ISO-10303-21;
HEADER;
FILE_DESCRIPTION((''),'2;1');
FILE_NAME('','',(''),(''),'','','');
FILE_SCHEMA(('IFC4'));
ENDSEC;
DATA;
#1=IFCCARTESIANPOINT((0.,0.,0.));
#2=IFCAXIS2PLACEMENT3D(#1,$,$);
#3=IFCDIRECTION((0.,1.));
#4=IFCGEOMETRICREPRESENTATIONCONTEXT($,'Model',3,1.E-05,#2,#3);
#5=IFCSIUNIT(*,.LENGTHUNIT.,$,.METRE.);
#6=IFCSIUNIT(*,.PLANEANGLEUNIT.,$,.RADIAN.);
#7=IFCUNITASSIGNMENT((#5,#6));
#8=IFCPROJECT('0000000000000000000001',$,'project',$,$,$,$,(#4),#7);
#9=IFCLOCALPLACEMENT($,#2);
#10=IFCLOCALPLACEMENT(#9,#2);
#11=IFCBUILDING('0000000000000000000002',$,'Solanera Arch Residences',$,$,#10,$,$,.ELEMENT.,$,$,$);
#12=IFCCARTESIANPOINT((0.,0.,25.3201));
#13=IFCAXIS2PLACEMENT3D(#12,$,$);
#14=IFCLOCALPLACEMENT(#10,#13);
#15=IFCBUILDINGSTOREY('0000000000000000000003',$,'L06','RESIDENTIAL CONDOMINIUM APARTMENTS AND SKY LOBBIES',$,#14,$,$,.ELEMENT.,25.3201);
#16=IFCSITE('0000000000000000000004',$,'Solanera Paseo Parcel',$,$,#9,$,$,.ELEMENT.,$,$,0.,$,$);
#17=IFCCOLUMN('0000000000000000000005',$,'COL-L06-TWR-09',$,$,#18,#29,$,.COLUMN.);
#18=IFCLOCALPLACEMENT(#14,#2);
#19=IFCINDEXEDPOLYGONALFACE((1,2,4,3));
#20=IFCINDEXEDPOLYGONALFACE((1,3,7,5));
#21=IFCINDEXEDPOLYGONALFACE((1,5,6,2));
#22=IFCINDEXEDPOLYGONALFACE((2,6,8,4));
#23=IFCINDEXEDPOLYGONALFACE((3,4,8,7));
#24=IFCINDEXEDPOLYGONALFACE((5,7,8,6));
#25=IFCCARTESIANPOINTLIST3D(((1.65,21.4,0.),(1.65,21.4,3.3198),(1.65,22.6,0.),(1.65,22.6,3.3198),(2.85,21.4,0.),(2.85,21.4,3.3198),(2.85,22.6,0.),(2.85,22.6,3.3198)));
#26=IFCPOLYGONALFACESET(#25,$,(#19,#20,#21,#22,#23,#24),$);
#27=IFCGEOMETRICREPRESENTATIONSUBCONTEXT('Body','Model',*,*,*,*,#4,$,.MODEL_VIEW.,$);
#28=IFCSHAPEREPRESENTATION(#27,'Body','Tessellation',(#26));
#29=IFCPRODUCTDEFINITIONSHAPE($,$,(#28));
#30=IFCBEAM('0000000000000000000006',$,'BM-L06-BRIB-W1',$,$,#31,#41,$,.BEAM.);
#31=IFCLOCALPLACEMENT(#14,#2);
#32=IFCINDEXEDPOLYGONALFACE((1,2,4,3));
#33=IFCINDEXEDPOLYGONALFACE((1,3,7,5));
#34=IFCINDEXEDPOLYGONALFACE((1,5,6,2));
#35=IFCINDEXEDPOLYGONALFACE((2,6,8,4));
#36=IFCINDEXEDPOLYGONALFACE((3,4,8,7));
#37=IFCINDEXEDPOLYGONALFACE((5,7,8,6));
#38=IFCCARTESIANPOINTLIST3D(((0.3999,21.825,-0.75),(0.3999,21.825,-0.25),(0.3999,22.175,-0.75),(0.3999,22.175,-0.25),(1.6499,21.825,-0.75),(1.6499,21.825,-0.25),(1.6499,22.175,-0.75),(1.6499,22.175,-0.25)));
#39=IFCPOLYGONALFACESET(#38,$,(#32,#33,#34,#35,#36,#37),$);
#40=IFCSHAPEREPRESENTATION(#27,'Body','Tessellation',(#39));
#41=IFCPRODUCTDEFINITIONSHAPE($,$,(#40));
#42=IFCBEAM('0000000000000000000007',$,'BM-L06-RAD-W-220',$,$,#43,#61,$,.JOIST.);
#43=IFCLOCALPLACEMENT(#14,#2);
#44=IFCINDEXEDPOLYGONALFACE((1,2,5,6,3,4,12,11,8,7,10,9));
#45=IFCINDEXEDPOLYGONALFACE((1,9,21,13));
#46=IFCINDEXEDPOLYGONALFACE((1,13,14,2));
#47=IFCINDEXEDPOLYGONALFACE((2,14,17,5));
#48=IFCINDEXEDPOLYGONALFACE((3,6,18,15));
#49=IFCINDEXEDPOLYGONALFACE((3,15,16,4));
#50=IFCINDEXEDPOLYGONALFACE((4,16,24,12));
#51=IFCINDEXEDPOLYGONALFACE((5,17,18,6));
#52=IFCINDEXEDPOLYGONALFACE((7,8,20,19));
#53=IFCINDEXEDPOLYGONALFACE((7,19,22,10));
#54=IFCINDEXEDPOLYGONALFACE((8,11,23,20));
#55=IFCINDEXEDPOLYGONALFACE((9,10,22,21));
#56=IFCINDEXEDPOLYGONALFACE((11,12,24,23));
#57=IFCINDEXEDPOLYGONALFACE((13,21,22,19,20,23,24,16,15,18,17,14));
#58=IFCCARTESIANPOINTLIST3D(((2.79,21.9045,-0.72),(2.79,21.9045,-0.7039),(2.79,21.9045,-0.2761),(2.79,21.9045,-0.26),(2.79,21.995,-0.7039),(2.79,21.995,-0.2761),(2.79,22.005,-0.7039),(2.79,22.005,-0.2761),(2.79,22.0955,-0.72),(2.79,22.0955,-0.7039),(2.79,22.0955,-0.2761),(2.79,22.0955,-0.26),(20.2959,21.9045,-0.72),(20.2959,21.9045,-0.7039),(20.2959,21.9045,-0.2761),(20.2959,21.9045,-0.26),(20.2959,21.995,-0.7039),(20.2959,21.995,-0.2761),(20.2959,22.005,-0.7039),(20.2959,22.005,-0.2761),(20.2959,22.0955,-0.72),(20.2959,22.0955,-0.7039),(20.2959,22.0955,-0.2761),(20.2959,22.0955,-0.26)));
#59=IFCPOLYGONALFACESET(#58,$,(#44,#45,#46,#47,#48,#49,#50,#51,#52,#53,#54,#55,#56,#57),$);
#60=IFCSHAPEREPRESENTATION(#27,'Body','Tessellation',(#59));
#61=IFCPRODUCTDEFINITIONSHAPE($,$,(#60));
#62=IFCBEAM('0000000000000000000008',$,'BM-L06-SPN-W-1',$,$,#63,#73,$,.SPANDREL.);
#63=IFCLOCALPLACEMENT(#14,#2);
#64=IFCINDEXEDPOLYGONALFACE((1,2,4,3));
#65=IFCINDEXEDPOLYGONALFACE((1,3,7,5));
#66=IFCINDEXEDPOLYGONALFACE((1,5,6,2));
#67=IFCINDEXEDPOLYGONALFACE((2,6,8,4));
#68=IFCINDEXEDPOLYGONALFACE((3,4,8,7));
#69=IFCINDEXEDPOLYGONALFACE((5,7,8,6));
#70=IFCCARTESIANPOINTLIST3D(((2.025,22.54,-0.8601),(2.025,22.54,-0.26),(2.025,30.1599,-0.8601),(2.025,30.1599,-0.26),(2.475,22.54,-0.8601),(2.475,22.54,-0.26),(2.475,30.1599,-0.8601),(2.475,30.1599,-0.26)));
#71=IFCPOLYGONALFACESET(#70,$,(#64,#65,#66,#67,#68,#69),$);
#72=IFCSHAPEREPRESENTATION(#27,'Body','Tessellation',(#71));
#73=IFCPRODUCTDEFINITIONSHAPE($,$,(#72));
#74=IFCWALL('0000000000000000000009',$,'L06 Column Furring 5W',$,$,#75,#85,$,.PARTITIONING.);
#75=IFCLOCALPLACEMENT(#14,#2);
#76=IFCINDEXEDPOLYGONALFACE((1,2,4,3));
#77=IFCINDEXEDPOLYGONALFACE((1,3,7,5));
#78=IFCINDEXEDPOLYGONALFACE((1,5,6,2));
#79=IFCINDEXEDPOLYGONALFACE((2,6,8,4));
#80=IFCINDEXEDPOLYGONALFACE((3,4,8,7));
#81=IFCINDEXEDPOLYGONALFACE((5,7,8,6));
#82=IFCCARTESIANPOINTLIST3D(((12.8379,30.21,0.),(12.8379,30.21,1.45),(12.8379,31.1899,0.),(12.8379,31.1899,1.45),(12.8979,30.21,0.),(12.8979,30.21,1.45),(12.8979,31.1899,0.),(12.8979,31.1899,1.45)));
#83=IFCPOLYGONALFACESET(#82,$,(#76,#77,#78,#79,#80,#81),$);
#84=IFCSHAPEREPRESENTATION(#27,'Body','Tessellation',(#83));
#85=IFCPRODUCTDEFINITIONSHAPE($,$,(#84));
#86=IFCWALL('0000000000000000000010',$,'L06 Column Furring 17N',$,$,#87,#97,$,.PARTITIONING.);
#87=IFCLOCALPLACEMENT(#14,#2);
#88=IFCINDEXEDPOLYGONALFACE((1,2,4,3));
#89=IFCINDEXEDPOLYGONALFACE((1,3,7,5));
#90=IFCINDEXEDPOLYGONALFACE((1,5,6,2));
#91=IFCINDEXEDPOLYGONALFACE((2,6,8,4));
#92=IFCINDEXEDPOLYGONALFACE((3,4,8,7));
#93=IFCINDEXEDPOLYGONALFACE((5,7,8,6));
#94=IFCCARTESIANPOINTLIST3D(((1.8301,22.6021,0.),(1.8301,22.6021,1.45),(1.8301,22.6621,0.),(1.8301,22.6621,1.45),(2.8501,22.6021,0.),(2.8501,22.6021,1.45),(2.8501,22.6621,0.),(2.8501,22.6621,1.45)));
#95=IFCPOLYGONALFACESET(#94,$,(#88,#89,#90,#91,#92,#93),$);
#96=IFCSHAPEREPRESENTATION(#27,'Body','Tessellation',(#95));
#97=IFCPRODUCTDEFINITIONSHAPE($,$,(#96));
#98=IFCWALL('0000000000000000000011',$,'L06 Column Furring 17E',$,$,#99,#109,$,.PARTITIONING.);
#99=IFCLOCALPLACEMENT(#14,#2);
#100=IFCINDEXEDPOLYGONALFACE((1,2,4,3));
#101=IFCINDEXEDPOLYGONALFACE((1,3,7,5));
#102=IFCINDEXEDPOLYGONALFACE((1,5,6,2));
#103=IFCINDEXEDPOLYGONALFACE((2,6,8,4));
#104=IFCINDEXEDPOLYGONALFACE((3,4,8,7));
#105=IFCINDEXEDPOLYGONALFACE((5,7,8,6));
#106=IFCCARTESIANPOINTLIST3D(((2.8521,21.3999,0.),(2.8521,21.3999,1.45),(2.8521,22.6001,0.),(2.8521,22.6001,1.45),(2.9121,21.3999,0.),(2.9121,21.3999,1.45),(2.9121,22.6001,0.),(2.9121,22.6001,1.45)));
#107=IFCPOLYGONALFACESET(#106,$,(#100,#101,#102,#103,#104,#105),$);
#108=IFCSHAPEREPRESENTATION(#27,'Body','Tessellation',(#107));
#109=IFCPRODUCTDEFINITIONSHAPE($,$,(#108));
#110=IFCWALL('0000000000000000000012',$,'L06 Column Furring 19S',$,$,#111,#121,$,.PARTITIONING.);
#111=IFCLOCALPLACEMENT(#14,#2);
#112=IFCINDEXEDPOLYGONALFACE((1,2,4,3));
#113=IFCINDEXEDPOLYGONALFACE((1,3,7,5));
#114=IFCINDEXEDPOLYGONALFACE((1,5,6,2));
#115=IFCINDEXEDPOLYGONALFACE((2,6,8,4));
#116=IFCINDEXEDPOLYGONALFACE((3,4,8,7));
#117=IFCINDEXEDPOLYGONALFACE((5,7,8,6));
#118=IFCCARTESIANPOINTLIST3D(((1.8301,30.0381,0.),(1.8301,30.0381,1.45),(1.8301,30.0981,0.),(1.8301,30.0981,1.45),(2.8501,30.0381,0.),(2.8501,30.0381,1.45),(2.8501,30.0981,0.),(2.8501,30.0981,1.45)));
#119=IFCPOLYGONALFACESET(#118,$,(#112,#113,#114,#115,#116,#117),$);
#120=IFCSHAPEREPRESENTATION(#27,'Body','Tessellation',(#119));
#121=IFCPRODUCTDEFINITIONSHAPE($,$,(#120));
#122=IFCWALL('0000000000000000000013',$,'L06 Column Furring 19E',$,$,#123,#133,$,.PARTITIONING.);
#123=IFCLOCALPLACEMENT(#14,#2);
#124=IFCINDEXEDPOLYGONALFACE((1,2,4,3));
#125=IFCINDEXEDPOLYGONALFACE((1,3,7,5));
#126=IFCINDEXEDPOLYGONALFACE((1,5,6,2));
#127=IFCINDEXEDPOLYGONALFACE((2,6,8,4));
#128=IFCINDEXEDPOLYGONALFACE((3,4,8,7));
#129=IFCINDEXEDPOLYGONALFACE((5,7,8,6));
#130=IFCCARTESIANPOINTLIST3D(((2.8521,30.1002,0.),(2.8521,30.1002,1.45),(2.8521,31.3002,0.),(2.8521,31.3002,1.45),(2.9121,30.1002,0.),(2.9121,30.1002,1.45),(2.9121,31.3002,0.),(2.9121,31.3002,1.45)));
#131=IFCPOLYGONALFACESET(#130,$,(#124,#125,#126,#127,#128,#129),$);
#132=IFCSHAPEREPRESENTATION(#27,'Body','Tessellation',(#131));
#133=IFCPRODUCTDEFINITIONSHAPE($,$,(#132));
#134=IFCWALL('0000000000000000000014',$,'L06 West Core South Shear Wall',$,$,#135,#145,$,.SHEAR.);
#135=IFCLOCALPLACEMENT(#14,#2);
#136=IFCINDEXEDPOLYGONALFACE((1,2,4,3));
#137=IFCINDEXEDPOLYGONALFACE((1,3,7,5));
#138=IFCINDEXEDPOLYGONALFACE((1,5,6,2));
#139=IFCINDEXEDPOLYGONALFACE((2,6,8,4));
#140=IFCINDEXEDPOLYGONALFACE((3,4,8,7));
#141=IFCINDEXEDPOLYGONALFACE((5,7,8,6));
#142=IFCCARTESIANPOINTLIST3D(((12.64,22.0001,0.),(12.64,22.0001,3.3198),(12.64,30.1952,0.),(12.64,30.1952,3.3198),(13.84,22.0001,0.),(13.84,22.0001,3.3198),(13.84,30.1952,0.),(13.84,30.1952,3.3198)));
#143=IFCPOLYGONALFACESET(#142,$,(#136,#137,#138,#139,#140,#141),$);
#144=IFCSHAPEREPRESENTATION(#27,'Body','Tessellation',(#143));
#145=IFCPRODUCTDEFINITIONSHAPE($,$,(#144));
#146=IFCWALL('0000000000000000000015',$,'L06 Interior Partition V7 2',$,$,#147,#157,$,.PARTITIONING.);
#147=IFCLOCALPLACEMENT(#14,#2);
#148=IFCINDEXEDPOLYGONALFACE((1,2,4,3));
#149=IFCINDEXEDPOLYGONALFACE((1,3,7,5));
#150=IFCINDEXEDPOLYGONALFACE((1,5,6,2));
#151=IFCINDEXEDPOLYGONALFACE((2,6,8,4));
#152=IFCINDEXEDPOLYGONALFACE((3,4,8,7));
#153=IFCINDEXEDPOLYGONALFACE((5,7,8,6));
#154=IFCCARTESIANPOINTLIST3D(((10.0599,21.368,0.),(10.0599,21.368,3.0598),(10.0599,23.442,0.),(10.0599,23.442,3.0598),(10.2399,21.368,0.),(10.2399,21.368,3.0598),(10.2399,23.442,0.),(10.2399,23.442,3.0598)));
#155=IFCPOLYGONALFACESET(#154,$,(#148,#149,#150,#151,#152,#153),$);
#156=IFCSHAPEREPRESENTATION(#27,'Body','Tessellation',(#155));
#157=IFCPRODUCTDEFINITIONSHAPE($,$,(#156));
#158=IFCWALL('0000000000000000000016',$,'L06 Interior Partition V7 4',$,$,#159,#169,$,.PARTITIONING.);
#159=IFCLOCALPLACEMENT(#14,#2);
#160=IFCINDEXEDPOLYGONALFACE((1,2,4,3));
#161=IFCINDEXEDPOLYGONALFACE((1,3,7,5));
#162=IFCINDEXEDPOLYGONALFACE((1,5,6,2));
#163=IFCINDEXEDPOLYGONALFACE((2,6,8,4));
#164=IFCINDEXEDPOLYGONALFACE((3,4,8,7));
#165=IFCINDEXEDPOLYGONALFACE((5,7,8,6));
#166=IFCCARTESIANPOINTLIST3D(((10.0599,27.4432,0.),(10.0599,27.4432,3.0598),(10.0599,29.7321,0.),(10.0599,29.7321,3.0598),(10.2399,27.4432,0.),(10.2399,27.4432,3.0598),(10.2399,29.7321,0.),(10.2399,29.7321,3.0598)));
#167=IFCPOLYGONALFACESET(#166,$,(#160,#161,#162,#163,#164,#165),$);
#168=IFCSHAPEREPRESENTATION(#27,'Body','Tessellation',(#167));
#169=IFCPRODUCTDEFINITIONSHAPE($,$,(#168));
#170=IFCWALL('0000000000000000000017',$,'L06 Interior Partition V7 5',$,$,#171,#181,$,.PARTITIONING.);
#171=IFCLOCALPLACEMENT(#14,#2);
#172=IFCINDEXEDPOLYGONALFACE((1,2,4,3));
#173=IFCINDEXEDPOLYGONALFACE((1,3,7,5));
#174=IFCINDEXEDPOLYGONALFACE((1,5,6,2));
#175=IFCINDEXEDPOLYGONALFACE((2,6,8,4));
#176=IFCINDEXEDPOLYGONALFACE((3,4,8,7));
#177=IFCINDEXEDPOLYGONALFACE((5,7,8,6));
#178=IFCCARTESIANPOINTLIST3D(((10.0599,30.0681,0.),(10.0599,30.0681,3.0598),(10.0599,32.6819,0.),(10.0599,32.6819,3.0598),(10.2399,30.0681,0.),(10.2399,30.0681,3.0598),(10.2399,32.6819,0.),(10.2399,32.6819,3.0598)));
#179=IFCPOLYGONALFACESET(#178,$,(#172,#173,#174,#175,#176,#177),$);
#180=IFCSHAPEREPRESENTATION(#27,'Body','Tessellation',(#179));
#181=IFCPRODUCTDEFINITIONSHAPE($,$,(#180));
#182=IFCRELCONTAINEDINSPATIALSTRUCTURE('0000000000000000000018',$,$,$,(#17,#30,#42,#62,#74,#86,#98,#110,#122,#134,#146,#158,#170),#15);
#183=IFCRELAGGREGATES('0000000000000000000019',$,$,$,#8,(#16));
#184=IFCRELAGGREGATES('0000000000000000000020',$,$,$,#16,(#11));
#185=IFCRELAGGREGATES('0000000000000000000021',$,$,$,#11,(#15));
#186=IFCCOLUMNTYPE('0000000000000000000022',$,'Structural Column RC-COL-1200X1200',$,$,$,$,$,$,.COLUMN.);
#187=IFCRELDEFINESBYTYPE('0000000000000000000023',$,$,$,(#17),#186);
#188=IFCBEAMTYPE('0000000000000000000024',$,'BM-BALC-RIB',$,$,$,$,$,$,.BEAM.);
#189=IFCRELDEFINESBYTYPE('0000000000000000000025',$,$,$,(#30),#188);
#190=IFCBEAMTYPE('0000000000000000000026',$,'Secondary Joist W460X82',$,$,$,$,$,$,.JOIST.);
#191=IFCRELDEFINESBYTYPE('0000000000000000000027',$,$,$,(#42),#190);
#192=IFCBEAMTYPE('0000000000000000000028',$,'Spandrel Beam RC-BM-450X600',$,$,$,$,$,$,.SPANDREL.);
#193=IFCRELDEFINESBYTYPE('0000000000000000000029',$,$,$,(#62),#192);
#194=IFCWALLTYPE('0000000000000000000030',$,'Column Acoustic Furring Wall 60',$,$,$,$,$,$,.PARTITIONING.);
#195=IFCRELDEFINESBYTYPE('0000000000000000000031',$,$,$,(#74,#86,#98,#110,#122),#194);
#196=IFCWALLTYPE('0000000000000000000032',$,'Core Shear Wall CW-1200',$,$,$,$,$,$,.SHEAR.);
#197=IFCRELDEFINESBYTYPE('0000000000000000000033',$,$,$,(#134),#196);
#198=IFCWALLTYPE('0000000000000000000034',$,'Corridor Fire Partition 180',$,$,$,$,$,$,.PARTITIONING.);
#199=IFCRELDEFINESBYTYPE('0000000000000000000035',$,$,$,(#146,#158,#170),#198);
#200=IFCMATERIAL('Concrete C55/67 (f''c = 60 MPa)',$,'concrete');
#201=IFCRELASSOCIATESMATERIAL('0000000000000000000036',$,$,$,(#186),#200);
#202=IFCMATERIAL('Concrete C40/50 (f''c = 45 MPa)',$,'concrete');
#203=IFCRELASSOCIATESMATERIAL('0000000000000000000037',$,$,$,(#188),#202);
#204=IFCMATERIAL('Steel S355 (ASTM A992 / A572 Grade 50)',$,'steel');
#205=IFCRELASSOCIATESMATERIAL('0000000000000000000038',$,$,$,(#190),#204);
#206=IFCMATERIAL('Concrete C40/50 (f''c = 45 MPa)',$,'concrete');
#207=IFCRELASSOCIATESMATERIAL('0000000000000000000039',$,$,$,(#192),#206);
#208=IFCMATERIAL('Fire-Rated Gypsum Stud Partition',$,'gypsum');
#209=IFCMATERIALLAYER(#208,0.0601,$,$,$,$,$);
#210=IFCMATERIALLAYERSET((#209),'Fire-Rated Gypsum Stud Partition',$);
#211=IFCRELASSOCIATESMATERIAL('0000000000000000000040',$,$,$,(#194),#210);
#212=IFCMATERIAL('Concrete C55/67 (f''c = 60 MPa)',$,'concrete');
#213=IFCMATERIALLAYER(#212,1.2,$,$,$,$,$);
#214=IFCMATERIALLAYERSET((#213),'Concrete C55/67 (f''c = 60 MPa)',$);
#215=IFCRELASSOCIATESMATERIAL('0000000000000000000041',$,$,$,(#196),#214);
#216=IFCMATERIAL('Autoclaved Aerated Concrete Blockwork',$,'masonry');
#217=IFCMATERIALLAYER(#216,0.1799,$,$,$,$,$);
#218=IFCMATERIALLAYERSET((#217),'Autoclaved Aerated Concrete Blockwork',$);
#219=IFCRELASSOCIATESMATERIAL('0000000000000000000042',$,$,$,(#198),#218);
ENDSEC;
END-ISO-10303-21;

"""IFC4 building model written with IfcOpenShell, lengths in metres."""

from ifc_helpers import new_model, si_unit, direction, frame, frame_2d, origin, origin_2d, place, context, subcontext, project, spatial, rectangle, i_section, extrude, material, layer, layer_set, material_profile, profile_set, type_object, element, save


model = new_model("IFC4")

# Units and contexts
model_context = context("Model", 3, precision=1e-05, world=origin(), true_north=direction((0.0, 1.0)))
body_context = subcontext(model_context, "Body", "Model", "MODEL_VIEW")
ifc_project = project(units=[si_unit("LENGTHUNIT", "METRE"), si_unit("PLANEANGLEUNIT", "RADIAN")], contexts=[model_context])

# Site, building, storey
site_placement = place(None, origin())
site = spatial("IfcSite", under=ifc_project, at=site_placement, Name="Solanera Paseo Parcel", CompositionType="ELEMENT", RefElevation=0.0)
building_placement = place(site_placement, origin())
building = spatial("IfcBuilding", under=site, at=building_placement, Name="Solanera Arch Residences", CompositionType="ELEMENT")
storey_placement = place(building_placement, frame((0.0, 0.0, 25.3201)))
storey = spatial("IfcBuildingStorey", under=building, at=storey_placement, Name="L06", Description="RESIDENTIAL CONDOMINIUM APARTMENTS AND SKY LOBBIES", CompositionType="ELEMENT", Elevation=25.3201)

# Column
ifc_material_1 = material(Name="Concrete C55/67 (f'c = 60 MPa)", Category="concrete")
ifc_material_profile_1 = material_profile(ifc_material_1, rectangle(XDim=1.2, YDim=1.2, at=origin_2d()))
ifc_profile_set_1 = profile_set([ifc_material_profile_1], Name="Concrete C55/67 (f'c = 60 MPa)")
column_type = type_object("IfcColumnType", Name="Structural Column RC-COL-1200X1200", PredefinedType="COLUMN", material=ifc_profile_set_1)
column_placement = place(storey_placement, frame((2.25, 22.0, 0.0), z_axis=(0.0, 0.0, 1.0), x_axis=(1.0, 0.0, 0.0)))
element("IfcColumn", 1, at=column_placement, inside=storey, type_object=column_type, Name="COL-L06-TWR-09", PredefinedType="COLUMN", context=body_context, shape_type="SweptSolid", body=[
    extrude(rectangle(XDim=1.2, YDim=1.2, at=origin_2d()), origin(), (0.0, 0.0, 1.0), 3.3198),
])

# Beams
ifc_material_2 = material(Name="Concrete C40/50 (f'c = 45 MPa)", Category="concrete")
ifc_material_profile_2 = material_profile(ifc_material_2, rectangle(XDim=0.3501, YDim=0.5, at=origin_2d()))
ifc_profile_set_2 = profile_set([ifc_material_profile_2], Name="Concrete C40/50 (f'c = 45 MPa)")
beam_type_1 = type_object("IfcBeamType", Name="BM-BALC-RIB", PredefinedType="BEAM", material=ifc_profile_set_2)
beam_1_placement = place(storey_placement, frame((0.3999, 22.0, -0.5), z_axis=(1.0, 0.0, 0.0), x_axis=(0.0, 1.0, 0.0)))
element("IfcBeam", 2, at=beam_1_placement, inside=storey, type_object=beam_type_1, Name="BM-L06-BRIB-W1", PredefinedType="BEAM", context=body_context, shape_type="SweptSolid", body=[
    extrude(rectangle(XDim=0.3501, YDim=0.5, at=origin_2d()), origin(), (0.0, 0.0, 1.0), 1.25),
])
ifc_material_3 = material(Name="Steel S355 (ASTM A992 / A572 Grade 50)", Category="steel")
ifc_material_profile_3 = material_profile(ifc_material_3, i_section(OverallWidth=0.1909, OverallDepth=0.46, WebThickness=0.01, FlangeThickness=0.0161, at=origin_2d()))
ifc_profile_set_3 = profile_set([ifc_material_profile_3], Name="Steel S355 (ASTM A992 / A572 Grade 50)")
beam_type_2 = type_object("IfcBeamType", Name="Secondary Joist W460X82", PredefinedType="JOIST", material=ifc_profile_set_3)
beam_2_placement = place(storey_placement, frame((2.79, 22.0, -0.49), z_axis=(1.0, 0.0, 0.0), x_axis=(0.0, 1.0, 0.0)))
element("IfcBeam", 3, at=beam_2_placement, inside=storey, type_object=beam_type_2, Name="BM-L06-RAD-W-220", PredefinedType="JOIST", context=body_context, shape_type="SweptSolid", body=[
    extrude(i_section(OverallWidth=0.1909, OverallDepth=0.46, WebThickness=0.01, FlangeThickness=0.0161, at=origin_2d()), origin(), (0.0, 0.0, 1.0), 17.5059),
])
ifc_material_4 = material(Name="Concrete C40/50 (f'c = 45 MPa)", Category="concrete")
ifc_material_profile_4 = material_profile(ifc_material_4, rectangle(XDim=0.45, YDim=0.6001, at=origin_2d()))
ifc_profile_set_4 = profile_set([ifc_material_profile_4], Name="Concrete C40/50 (f'c = 45 MPa)")
beam_type_3 = type_object("IfcBeamType", Name="Spandrel Beam RC-BM-450X600", PredefinedType="SPANDREL", material=ifc_profile_set_4)
beam_3_placement = place(storey_placement, frame((2.25, 22.54, -0.5601), z_axis=(0.0, 1.0, 0.0), x_axis=(-1.0, 0.0, 0.0)))
element("IfcBeam", 4, at=beam_3_placement, inside=storey, type_object=beam_type_3, Name="BM-L06-SPN-W-1", PredefinedType="SPANDREL", context=body_context, shape_type="SweptSolid", body=[
    extrude(rectangle(XDim=0.45, YDim=0.6001, at=origin_2d()), origin(), (0.0, 0.0, 1.0), 7.6199),
])

# Walls
ifc_material_5 = material(Name="Fire-Rated Gypsum Stud Partition", Category="gypsum")
ifc_layer_1 = layer(ifc_material_5, 0.0601)
ifc_layer_set_1 = layer_set([ifc_layer_1], Name="Fire-Rated Gypsum Stud Partition")
wall_type_1 = type_object("IfcWallType", Name="Column Acoustic Furring Wall 60", PredefinedType="PARTITIONING", material=ifc_layer_set_1)
wall_1_placement = place(storey_placement, frame((12.8679, 30.21, 0.0), z_axis=(0.0, 0.0, 1.0), x_axis=(0.0, 1.0, 0.0)))
element("IfcWall", 5, at=wall_1_placement, inside=storey, type_object=wall_type_1, Name="L06 Column Furring 5W", PredefinedType="PARTITIONING", context=body_context, shape_type="SweptSolid", body=[
    extrude(rectangle(XDim=0.98, YDim=0.0601, at=frame_2d((0.49, 0.0))), origin(), (0.0, 0.0, 1.0), 1.45),
])
wall_2_placement = place(storey_placement, frame((1.8301, 22.6321, 0.0), z_axis=(0.0, 0.0, 1.0), x_axis=(1.0, 0.0, 0.0)))
element("IfcWall", 6, at=wall_2_placement, inside=storey, type_object=wall_type_1, Name="L06 Column Furring 17N", PredefinedType="PARTITIONING", context=body_context, shape_type="SweptSolid", body=[
    extrude(rectangle(XDim=1.02, YDim=0.0601, at=frame_2d((0.51, 0.0))), origin(), (0.0, 0.0, 1.0), 1.45),
])
wall_3_placement = place(storey_placement, frame((2.8821, 21.3999, 0.0), z_axis=(0.0, 0.0, 1.0), x_axis=(0.0, 1.0, 0.0)))
element("IfcWall", 7, at=wall_3_placement, inside=storey, type_object=wall_type_1, Name="L06 Column Furring 17E", PredefinedType="PARTITIONING", context=body_context, shape_type="SweptSolid", body=[
    extrude(rectangle(XDim=1.2002, YDim=0.0601, at=frame_2d((0.6001, 0.0))), origin(), (0.0, 0.0, 1.0), 1.45),
])
wall_4_placement = place(storey_placement, frame((1.8301, 30.0681, 0.0), z_axis=(0.0, 0.0, 1.0), x_axis=(1.0, 0.0, 0.0)))
element("IfcWall", 8, at=wall_4_placement, inside=storey, type_object=wall_type_1, Name="L06 Column Furring 19S", PredefinedType="PARTITIONING", context=body_context, shape_type="SweptSolid", body=[
    extrude(rectangle(XDim=1.02, YDim=0.0601, at=frame_2d((0.51, 0.0))), origin(), (0.0, 0.0, 1.0), 1.45),
])
wall_5_placement = place(storey_placement, frame((2.8821, 30.1001, 0.0), z_axis=(0.0, 0.0, 1.0), x_axis=(0.0, 1.0, 0.0)))
element("IfcWall", 9, at=wall_5_placement, inside=storey, type_object=wall_type_1, Name="L06 Column Furring 19E", PredefinedType="PARTITIONING", context=body_context, shape_type="SweptSolid", body=[
    extrude(rectangle(XDim=1.2, YDim=0.0601, at=frame_2d((0.6001, 0.0))), origin(), (0.0, 0.0, 1.0), 1.45),
])
ifc_material_6 = material(Name="Concrete C55/67 (f'c = 60 MPa)", Category="concrete")
ifc_layer_2 = layer(ifc_material_6, 1.2)
ifc_layer_set_2 = layer_set([ifc_layer_2], Name="Concrete C55/67 (f'c = 60 MPa)")
wall_type_2 = type_object("IfcWallType", Name="Core Shear Wall CW-1200", PredefinedType="SHEAR", material=ifc_layer_set_2)
wall_6_placement = place(storey_placement, frame((13.24, 22.0, 0.0), z_axis=(0.0, 0.0, 1.0), x_axis=(0.0, 1.0, 0.0)))
element("IfcWall", 10, at=wall_6_placement, inside=storey, type_object=wall_type_2, Name="L06 West Core South Shear Wall", PredefinedType="SHEAR", context=body_context, shape_type="SweptSolid", body=[
    extrude(rectangle(XDim=8.1951, YDim=1.2, at=frame_2d((4.0977, 0.0))), origin(), (0.0, 0.0, 1.0), 3.3198),
])
ifc_material_7 = material(Name="Autoclaved Aerated Concrete Blockwork", Category="masonry")
ifc_layer_3 = layer(ifc_material_7, 0.1799)
ifc_layer_set_3 = layer_set([ifc_layer_3], Name="Autoclaved Aerated Concrete Blockwork")
wall_type_3 = type_object("IfcWallType", Name="Corridor Fire Partition 180", PredefinedType="PARTITIONING", material=ifc_layer_set_3)
wall_7_placement = place(storey_placement, frame((10.1499, 21.3679, 0.0), z_axis=(0.0, 0.0, 1.0), x_axis=(0.0, 1.0, 0.0)))
element("IfcWall", 11, at=wall_7_placement, inside=storey, type_object=wall_type_3, Name="L06 Interior Partition V7 2", PredefinedType="PARTITIONING", context=body_context, shape_type="SweptSolid", body=[
    extrude(rectangle(XDim=2.074, YDim=0.1799, at=frame_2d((1.0371, 0.0))), origin(), (0.0, 0.0, 1.0), 3.0598),
])

# Walls
wall_8_placement = place(storey_placement, frame((10.1499, 27.4431, 0.0), z_axis=(0.0, 0.0, 1.0), x_axis=(0.0, 1.0, 0.0)))
element("IfcWall", 12, at=wall_8_placement, inside=storey, type_object=wall_type_3, Name="L06 Interior Partition V7 4", PredefinedType="PARTITIONING", context=body_context, shape_type="SweptSolid", body=[
    extrude(rectangle(XDim=2.2888, YDim=0.1799, at=frame_2d((1.1445, 0.0))), origin(), (0.0, 0.0, 1.0), 3.0598),
])
wall_9_placement = place(storey_placement, frame((10.1499, 30.0681, 0.0), z_axis=(0.0, 0.0, 1.0), x_axis=(0.0, 1.0, 0.0)))
element("IfcWall", 13, at=wall_9_placement, inside=storey, type_object=wall_type_3, Name="L06 Interior Partition V7 5", PredefinedType="PARTITIONING", context=body_context, shape_type="SweptSolid", body=[
    extrude(rectangle(XDim=2.6138, YDim=0.1799, at=frame_2d((1.3069, 0.0))), origin(), (0.0, 0.0, 1.0), 3.0598),
])

save(model, "model.ifc")
